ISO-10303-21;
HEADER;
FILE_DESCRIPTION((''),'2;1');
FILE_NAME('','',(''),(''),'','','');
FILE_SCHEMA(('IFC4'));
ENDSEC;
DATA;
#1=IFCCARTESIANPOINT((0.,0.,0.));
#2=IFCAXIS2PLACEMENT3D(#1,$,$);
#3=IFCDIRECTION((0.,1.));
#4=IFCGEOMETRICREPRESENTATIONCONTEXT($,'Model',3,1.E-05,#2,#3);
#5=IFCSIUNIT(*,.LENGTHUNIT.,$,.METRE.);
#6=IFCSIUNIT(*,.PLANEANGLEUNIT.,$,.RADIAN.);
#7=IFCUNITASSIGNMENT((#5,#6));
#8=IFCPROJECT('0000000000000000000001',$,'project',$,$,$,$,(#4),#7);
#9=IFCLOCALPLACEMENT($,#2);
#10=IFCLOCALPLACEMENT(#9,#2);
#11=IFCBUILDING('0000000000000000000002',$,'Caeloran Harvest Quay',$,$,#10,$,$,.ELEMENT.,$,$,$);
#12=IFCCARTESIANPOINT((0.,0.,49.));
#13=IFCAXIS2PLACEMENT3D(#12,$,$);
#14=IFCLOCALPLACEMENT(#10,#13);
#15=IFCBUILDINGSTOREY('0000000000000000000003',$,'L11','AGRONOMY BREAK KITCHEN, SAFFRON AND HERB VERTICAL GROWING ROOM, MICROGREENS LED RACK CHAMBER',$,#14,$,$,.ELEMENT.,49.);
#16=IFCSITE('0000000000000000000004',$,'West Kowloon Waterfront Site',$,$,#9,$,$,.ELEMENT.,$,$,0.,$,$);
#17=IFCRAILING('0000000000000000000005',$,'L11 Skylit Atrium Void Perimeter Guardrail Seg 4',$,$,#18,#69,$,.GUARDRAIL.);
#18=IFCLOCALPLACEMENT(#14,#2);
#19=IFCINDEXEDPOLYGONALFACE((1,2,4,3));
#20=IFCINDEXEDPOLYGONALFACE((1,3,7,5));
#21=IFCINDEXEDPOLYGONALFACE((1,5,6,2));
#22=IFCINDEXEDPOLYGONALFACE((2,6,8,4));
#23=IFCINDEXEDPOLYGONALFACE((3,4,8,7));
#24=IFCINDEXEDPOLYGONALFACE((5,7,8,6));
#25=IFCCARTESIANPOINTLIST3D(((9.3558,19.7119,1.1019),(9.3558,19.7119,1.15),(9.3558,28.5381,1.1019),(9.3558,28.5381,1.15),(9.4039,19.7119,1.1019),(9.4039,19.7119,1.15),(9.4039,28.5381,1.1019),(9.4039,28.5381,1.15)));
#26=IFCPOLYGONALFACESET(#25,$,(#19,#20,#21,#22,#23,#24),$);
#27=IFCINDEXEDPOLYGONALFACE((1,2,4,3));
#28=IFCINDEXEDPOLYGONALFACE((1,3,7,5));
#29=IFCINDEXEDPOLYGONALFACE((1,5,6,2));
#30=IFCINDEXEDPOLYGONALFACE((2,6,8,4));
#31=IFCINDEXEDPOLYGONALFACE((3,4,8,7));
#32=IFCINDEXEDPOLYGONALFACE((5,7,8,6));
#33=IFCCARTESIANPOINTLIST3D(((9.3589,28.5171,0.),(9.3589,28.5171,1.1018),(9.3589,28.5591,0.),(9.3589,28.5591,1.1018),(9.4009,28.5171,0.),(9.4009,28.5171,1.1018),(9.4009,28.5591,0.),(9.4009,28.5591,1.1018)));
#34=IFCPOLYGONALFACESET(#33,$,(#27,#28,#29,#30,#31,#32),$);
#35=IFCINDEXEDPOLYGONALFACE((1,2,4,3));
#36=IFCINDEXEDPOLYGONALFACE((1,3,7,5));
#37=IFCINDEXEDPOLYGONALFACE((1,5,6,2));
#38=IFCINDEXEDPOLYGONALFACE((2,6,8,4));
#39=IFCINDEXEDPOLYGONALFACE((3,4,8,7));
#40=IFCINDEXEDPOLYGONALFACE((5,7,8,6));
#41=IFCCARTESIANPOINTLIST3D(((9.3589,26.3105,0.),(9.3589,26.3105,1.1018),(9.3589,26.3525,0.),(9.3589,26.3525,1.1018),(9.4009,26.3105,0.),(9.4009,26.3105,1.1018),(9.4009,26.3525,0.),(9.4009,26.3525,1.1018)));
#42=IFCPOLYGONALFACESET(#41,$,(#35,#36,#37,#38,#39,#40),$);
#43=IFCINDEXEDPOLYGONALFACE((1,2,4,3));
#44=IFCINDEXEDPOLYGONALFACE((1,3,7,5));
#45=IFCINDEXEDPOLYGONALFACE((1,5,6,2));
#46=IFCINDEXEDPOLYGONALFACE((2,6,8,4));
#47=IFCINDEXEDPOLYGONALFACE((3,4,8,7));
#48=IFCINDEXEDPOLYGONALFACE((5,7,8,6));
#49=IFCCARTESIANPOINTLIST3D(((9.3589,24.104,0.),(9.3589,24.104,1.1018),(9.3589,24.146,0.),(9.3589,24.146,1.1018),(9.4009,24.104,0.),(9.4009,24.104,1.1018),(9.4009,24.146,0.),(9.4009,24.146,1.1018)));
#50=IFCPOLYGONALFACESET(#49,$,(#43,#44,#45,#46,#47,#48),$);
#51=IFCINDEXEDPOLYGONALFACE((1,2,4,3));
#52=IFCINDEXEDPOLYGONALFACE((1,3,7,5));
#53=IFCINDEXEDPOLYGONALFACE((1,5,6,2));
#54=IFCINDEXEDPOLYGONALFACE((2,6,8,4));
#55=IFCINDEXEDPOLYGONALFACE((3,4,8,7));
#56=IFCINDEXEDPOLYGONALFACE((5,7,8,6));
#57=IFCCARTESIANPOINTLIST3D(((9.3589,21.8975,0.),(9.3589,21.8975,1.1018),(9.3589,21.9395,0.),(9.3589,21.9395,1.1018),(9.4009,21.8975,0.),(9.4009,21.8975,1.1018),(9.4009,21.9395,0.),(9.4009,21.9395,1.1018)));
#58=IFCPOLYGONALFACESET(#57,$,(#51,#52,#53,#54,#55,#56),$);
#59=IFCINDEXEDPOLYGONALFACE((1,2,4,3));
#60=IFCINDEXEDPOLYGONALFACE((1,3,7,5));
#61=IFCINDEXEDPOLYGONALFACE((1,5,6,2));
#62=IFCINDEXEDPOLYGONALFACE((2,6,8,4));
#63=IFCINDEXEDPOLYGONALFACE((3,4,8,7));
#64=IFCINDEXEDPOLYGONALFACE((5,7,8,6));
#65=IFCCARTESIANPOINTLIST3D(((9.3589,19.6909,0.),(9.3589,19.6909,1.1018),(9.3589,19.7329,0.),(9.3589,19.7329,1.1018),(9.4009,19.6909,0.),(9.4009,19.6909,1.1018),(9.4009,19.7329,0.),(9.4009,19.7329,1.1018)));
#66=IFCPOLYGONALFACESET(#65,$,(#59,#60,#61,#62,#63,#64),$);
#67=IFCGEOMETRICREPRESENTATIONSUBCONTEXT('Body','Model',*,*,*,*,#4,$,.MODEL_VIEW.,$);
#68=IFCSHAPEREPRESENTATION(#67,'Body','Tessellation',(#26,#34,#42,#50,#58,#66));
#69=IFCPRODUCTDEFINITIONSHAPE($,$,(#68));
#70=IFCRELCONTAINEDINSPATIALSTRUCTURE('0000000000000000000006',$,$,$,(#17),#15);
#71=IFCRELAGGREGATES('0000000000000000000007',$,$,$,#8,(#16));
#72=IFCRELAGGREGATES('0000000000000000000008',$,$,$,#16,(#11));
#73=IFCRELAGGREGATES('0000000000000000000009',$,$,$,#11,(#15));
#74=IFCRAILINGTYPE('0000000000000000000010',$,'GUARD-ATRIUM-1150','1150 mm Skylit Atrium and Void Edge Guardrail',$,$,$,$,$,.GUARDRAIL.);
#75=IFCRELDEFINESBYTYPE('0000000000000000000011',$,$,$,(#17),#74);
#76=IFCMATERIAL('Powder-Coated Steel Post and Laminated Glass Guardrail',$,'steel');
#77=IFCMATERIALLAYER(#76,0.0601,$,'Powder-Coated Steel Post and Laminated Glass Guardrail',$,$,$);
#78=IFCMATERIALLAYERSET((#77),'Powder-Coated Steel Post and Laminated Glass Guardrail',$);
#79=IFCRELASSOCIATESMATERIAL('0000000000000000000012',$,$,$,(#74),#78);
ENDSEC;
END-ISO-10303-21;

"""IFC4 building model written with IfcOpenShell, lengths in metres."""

from ifc_helpers import new_model, si_unit, direction, frame, origin, origin_2d, place, context, subcontext, project, spatial, rectangle, extrude, material, layer, layer_set, type_object, element, save


model = new_model("IFC4")

# Units and contexts
model_context = context("Model", 3, precision=1e-05, world=origin(), true_north=direction((0.0, 1.0)))
body_context = subcontext(model_context, "Body", "Model", "MODEL_VIEW")
ifc_project = project(units=[si_unit("LENGTHUNIT", "METRE"), si_unit("PLANEANGLEUNIT", "RADIAN")], contexts=[model_context])

# Site, building, storey
site_placement = place(None, origin())
site = spatial("IfcSite", under=ifc_project, at=site_placement, Name="West Kowloon Waterfront Site", CompositionType="ELEMENT", RefElevation=0.0)
building_placement = place(site_placement, origin())
building = spatial("IfcBuilding", under=site, at=building_placement, Name="Caeloran Harvest Quay", CompositionType="ELEMENT")
storey_placement = place(building_placement, frame((0.0, 0.0, 49.0)))
storey = spatial("IfcBuildingStorey", under=building, at=storey_placement, Name="L11", Description="AGRONOMY BREAK KITCHEN, SAFFRON AND HERB VERTICAL GROWING ROOM, MICROGREENS LED RACK CHAMBER", CompositionType="ELEMENT", Elevation=49.0)

# Railing
ifc_material_1 = material(Name="Powder-Coated Steel Post and Laminated Glass Guardrail", Category="steel")
ifc_layer_1 = layer(ifc_material_1, 0.0601, Name="Powder-Coated Steel Post and Laminated Glass Guardrail")
ifc_layer_set_1 = layer_set([ifc_layer_1], Name="Powder-Coated Steel Post and Laminated Glass Guardrail")
railing_type = type_object("IfcRailingType", Name="GUARD-ATRIUM-1150", Description="1150 mm Skylit Atrium and Void Edge Guardrail", PredefinedType="GUARDRAIL", material=ifc_layer_set_1)
railing_placement = place(storey_placement, frame((9.3799, 28.5381, 0.0)))
element("IfcRailing", 1, at=railing_placement, inside=storey, type_object=railing_type, Name="L11 Skylit Atrium Void Perimeter Guardrail Seg 4", PredefinedType="GUARDRAIL", context=body_context, shape_type="SweptSolid", body=[
    extrude(rectangle(XDim=0.0481, YDim=0.0481, at=origin_2d()), frame((0.0, 0.0, 1.126), z_axis=(0.0, -1.0, 0.0), x_axis=(1.0, 0.0, 0.0)), (0.0, 0.0, 1.0), 8.8262),
    extrude(rectangle(XDim=0.042, YDim=0.042, at=origin_2d()), origin(), (0.0, 0.0, 1.0), 1.1018),
    extrude(rectangle(XDim=0.042, YDim=0.042, at=origin_2d()), frame((0.0, -2.2065, 0.0)), (0.0, 0.0, 1.0), 1.1018),
    extrude(rectangle(XDim=0.042, YDim=0.042, at=origin_2d()), frame((0.0, -4.4131, 0.0)), (0.0, 0.0, 1.0), 1.1018),
    extrude(rectangle(XDim=0.042, YDim=0.042, at=origin_2d()), frame((0.0, -6.6196, 0.0)), (0.0, 0.0, 1.0), 1.1018),
    extrude(rectangle(XDim=0.042, YDim=0.042, at=origin_2d()), frame((0.0, -8.8262, 0.0)), (0.0, 0.0, 1.0), 1.1018),
])

save(model, "model.ifc")
